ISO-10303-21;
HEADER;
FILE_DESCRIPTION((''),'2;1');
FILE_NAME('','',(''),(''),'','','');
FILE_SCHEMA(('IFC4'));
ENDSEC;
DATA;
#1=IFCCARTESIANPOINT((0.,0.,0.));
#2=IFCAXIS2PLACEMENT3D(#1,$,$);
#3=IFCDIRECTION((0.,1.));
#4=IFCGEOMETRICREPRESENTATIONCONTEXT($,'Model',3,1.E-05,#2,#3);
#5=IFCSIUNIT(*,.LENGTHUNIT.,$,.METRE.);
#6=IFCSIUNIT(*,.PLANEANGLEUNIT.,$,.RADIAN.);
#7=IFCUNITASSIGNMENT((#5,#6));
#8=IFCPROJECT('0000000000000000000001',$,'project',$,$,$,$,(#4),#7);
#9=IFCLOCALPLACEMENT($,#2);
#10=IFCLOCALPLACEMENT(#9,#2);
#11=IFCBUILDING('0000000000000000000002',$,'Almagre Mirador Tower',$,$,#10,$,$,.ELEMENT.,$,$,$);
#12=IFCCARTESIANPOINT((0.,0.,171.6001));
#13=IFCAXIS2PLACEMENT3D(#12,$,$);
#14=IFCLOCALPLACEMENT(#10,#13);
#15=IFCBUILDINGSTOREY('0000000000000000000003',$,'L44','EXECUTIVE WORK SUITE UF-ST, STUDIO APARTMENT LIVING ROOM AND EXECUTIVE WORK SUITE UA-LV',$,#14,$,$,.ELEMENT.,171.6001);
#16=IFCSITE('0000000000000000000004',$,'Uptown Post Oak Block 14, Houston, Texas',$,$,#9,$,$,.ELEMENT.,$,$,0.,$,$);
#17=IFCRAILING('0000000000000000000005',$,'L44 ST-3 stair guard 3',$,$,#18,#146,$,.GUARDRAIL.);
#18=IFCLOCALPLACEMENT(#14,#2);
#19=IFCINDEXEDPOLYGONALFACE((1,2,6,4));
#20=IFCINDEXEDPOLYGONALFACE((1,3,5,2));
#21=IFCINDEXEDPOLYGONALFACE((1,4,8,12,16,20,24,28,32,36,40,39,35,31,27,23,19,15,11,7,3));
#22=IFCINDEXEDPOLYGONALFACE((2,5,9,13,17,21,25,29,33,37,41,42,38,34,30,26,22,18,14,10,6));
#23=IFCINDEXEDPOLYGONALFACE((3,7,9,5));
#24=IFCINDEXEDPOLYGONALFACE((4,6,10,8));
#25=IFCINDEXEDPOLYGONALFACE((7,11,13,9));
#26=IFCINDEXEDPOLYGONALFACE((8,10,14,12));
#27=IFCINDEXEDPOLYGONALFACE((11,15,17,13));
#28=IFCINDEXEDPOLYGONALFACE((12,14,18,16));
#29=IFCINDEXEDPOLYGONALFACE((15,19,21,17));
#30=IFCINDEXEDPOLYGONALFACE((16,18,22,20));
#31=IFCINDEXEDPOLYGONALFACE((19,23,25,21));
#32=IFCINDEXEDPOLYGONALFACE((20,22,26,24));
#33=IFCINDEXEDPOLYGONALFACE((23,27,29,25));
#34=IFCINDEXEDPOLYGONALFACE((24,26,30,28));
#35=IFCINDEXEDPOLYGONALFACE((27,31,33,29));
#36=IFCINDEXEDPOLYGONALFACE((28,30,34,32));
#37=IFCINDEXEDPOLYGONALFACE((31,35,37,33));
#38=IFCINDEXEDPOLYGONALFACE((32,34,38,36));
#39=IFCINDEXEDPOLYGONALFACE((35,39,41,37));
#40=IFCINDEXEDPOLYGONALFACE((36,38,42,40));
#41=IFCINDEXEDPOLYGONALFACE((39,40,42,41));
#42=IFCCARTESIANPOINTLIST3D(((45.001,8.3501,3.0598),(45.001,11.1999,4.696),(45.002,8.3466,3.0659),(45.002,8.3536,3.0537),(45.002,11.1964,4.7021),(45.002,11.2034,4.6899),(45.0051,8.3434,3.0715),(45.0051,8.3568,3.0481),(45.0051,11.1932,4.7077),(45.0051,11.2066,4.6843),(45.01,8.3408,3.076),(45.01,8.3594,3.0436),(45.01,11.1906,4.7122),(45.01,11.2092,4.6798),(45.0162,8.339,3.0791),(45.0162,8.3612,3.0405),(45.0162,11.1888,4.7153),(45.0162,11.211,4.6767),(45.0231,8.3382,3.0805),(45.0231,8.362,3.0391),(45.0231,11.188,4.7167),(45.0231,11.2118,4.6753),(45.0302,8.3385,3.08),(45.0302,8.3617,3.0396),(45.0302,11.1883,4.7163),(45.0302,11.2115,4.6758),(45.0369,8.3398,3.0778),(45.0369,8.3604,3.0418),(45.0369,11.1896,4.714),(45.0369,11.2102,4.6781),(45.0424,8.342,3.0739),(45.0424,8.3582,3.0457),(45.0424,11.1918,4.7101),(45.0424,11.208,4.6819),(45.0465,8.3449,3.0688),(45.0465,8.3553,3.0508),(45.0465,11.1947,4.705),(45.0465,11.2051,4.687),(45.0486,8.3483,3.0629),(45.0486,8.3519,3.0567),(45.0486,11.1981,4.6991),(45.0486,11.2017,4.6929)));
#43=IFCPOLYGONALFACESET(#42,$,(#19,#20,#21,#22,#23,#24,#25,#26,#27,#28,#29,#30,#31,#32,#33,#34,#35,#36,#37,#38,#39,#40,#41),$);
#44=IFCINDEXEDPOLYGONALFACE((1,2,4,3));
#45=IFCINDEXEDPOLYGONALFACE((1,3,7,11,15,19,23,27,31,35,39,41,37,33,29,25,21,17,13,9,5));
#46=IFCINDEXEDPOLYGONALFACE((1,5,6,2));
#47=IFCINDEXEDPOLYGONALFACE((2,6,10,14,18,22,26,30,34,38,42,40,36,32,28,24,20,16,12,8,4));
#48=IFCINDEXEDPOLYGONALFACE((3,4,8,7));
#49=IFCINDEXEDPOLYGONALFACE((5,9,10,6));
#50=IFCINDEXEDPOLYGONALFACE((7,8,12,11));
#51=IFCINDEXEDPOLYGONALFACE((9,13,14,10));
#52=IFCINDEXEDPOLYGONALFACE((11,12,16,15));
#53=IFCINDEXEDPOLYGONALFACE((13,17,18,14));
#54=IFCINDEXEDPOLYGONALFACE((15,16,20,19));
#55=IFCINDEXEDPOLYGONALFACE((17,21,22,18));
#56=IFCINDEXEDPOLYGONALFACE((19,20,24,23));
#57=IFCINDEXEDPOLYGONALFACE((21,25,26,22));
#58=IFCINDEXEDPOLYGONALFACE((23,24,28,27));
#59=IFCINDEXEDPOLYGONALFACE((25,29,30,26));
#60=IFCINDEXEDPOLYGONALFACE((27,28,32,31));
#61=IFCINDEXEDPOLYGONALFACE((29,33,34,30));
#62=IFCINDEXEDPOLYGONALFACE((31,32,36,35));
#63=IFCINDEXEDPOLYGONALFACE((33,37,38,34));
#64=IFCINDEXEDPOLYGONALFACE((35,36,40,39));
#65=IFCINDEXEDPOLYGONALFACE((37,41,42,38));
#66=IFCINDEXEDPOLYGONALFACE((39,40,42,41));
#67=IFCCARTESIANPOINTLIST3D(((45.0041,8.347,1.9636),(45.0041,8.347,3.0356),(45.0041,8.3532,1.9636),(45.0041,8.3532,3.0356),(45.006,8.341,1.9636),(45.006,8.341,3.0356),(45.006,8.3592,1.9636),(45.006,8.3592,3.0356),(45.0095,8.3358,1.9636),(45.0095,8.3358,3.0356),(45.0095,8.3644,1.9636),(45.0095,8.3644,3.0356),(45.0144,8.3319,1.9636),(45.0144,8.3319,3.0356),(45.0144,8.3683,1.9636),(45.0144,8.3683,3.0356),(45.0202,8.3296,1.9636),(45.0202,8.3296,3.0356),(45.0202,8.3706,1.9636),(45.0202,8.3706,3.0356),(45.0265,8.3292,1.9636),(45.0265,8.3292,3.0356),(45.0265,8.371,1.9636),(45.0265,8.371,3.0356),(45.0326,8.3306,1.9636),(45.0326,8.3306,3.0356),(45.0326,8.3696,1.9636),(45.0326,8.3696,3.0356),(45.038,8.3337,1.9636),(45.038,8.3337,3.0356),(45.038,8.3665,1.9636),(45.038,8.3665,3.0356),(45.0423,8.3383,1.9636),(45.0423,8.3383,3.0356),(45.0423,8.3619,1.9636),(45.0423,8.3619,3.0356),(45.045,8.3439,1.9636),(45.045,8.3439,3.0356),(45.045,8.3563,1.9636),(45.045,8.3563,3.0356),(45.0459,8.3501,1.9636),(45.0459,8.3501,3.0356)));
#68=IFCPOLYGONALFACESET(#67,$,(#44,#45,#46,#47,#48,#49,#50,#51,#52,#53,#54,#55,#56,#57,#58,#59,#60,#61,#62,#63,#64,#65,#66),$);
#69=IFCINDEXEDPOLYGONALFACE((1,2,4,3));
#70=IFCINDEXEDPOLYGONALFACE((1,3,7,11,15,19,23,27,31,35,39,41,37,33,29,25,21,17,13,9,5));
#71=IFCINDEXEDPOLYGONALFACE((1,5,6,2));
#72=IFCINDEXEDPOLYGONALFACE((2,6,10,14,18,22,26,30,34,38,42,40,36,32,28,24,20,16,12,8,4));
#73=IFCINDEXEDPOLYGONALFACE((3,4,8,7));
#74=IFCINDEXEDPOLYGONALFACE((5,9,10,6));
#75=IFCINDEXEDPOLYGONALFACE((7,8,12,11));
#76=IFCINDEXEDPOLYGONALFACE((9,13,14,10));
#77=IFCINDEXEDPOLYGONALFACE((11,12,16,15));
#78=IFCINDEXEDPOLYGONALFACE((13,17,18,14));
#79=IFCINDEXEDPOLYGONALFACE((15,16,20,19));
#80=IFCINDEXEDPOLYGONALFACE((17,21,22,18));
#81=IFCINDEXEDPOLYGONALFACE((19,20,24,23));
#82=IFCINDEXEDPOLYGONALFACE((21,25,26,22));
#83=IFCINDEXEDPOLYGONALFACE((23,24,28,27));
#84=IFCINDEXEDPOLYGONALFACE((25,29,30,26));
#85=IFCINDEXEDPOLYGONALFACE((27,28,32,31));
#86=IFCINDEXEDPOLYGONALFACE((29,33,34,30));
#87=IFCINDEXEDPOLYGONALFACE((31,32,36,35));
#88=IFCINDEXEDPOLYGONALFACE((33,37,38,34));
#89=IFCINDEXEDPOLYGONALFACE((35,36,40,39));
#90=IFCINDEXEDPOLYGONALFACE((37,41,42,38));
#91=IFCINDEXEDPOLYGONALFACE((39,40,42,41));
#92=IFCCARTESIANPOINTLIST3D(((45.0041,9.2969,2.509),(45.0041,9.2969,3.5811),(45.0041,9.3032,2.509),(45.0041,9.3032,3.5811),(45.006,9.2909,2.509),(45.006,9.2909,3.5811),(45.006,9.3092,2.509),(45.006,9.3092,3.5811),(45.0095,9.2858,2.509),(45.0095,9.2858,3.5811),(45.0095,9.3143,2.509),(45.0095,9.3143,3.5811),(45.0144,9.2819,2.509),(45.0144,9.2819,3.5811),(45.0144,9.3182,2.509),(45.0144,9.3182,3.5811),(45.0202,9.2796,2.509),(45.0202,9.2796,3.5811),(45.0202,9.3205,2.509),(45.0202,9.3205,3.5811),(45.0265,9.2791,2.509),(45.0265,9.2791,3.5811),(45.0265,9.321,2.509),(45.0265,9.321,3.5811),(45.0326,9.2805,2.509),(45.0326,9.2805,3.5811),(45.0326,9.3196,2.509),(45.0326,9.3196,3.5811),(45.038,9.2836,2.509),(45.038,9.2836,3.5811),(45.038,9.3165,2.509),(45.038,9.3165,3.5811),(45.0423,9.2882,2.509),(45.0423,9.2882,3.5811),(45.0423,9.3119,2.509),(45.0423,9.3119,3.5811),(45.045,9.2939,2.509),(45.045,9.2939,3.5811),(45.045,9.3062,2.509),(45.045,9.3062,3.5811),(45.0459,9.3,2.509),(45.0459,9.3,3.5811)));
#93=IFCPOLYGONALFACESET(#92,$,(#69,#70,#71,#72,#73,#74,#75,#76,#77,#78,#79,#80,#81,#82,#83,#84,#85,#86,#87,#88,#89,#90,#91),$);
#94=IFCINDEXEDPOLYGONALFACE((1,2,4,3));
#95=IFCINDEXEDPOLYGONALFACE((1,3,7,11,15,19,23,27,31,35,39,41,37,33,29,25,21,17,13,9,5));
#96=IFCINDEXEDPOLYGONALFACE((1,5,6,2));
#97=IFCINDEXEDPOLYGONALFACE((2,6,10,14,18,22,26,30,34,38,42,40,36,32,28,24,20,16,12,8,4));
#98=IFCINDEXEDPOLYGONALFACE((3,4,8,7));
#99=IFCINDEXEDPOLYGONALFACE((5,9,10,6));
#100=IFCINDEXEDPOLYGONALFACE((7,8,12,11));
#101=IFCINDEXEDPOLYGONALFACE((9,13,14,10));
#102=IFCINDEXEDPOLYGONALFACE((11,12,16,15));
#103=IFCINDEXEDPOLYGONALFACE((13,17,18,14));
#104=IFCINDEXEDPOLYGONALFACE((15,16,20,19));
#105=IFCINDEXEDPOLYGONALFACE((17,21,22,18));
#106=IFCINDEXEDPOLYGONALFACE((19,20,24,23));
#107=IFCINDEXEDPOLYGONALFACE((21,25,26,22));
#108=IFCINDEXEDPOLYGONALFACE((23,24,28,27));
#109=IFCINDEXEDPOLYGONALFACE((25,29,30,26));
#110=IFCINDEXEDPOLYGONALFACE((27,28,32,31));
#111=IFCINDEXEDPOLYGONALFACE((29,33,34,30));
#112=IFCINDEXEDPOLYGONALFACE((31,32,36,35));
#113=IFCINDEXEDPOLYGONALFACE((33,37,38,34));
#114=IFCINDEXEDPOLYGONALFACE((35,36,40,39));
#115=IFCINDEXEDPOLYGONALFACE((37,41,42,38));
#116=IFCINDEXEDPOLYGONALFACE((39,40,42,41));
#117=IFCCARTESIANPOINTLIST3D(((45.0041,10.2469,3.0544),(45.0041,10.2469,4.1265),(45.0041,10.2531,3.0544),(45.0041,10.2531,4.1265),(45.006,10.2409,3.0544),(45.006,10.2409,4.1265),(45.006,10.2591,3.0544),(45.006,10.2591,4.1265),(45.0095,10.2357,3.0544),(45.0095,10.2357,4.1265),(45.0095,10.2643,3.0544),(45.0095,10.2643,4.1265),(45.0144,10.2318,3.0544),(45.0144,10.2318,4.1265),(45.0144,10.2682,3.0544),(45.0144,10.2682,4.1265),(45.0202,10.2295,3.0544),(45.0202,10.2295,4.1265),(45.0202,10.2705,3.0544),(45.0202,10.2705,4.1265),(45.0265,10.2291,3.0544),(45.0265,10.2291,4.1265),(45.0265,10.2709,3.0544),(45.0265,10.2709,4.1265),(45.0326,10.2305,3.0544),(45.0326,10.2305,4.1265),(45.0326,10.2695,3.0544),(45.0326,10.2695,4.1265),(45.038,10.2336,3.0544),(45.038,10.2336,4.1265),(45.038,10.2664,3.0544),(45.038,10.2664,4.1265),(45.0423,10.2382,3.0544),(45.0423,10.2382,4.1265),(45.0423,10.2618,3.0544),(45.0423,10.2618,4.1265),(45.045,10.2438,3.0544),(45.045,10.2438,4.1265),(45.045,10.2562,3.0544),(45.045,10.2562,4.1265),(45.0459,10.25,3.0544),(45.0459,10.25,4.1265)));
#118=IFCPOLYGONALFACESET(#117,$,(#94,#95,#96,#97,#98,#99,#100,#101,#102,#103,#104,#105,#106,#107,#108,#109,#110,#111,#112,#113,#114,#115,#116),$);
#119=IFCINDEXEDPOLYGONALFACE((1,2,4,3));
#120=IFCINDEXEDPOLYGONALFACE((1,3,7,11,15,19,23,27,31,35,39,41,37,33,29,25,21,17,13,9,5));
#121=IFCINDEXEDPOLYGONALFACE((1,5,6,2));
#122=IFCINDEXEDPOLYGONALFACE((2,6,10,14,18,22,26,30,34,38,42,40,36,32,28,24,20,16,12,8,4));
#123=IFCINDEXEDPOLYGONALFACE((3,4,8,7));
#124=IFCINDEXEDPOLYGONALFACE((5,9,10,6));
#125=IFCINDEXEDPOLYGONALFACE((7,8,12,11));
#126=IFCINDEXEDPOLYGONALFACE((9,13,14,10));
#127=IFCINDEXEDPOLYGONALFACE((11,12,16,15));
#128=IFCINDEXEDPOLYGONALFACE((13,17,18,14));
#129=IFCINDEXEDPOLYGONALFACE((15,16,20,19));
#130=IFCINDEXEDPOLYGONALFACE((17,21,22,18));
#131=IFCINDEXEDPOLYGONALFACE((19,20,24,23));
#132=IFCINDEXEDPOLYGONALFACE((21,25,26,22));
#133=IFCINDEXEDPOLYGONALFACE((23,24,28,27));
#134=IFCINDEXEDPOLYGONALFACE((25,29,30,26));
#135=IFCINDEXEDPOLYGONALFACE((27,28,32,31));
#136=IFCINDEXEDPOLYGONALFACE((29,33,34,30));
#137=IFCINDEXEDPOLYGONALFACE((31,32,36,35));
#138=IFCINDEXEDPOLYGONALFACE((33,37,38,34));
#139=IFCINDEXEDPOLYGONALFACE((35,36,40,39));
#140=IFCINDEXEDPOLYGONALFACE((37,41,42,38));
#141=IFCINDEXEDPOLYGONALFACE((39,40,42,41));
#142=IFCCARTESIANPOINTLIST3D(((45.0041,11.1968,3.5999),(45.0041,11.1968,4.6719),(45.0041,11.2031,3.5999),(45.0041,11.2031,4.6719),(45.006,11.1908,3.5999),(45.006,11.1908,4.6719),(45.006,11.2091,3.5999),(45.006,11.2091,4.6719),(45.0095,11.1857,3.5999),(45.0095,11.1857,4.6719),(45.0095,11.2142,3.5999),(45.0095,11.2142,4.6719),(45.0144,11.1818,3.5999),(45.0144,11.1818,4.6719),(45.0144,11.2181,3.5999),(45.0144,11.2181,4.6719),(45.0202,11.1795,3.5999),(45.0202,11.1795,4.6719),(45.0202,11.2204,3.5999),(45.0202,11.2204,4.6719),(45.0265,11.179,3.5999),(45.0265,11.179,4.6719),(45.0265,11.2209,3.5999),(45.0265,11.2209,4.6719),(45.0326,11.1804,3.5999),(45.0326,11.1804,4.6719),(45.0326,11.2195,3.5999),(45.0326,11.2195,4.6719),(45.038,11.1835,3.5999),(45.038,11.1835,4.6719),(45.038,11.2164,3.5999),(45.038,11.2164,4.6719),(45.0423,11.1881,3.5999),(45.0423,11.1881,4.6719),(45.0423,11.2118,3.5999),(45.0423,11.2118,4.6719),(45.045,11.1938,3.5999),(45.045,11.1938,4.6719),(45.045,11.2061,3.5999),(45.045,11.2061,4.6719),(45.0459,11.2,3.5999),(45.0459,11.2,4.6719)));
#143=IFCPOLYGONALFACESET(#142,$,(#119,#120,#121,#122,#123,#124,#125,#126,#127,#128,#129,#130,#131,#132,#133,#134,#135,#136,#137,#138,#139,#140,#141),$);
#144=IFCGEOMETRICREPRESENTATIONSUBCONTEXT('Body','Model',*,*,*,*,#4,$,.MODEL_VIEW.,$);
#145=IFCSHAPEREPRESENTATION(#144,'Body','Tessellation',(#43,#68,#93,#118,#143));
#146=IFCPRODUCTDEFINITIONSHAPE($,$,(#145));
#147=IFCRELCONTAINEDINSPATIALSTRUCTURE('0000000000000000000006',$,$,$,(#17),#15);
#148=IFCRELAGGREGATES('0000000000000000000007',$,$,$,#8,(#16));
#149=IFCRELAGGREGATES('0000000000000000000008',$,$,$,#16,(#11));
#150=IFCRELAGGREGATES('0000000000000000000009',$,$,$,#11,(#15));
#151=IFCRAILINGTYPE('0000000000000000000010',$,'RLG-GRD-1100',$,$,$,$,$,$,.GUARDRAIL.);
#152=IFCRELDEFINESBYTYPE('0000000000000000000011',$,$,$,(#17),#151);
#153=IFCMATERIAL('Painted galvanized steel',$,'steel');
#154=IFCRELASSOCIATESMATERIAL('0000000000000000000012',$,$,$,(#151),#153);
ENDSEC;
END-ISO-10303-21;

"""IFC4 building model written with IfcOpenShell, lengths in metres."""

from ifc_helpers import new_model, si_unit, direction, frame, origin, origin_2d, place, context, subcontext, project, spatial, circle, extrude, material, type_object, element, save


model = new_model("IFC4")

# Units and contexts
model_context = context("Model", 3, precision=1e-05, world=origin(), true_north=direction((0.0, 1.0)))
body_context = subcontext(model_context, "Body", "Model", "MODEL_VIEW")
ifc_project = project(units=[si_unit("LENGTHUNIT", "METRE"), si_unit("PLANEANGLEUNIT", "RADIAN")], contexts=[model_context])

# Site, building, storey
site_placement = place(None, origin())
site = spatial("IfcSite", under=ifc_project, at=site_placement, Name="Uptown Post Oak Block 14, Houston, Texas", CompositionType="ELEMENT", RefElevation=0.0)
building_placement = place(site_placement, origin())
building = spatial("IfcBuilding", under=site, at=building_placement, Name="Almagre Mirador Tower", CompositionType="ELEMENT")
storey_placement = place(building_placement, frame((0.0, 0.0, 171.6001)))
storey = spatial("IfcBuildingStorey", under=building, at=storey_placement, Name="L44", Description="EXECUTIVE WORK SUITE UF-ST, STUDIO APARTMENT LIVING ROOM AND EXECUTIVE WORK SUITE UA-LV", CompositionType="ELEMENT", Elevation=171.6001)

# Railing
ifc_material_1 = material(Name="Painted galvanized steel", Category="steel")
railing_type = type_object("IfcRailingType", Name="RLG-GRD-1100", PredefinedType="GUARDRAIL", material=ifc_material_1)
railing_placement = place(storey_placement, frame((45.0249, 8.3501, 1.9636)))
element("IfcRailing", 1, at=railing_placement, inside=storey, type_object=railing_type, Name="L44 ST-3 stair guard 3", PredefinedType="GUARDRAIL", context=body_context, shape_type="SweptSolid", body=[
    extrude(circle(Radius=0.0239, at=origin_2d()), frame((0.0, 0.0, 1.0962), z_axis=(0.0, 0.867226, 0.497914), x_axis=(-1.0, 0.0, 0.0)), (0.0, 0.0, 1.0), 3.2861),
    extrude(circle(Radius=0.021, at=origin_2d()), origin(), (0.0, 0.0, 1.0), 1.072),
    extrude(circle(Radius=0.021, at=origin_2d()), frame((0.0, 0.95, 0.5454)), (0.0, 0.0, 1.0), 1.072),
    extrude(circle(Radius=0.021, at=origin_2d()), frame((0.0, 1.8999, 1.0908)), (0.0, 0.0, 1.0), 1.072),
    extrude(circle(Radius=0.021, at=origin_2d()), frame((0.0, 2.8499, 1.6362)), (0.0, 0.0, 1.0), 1.072),
])

save(model, "model.ifc")
